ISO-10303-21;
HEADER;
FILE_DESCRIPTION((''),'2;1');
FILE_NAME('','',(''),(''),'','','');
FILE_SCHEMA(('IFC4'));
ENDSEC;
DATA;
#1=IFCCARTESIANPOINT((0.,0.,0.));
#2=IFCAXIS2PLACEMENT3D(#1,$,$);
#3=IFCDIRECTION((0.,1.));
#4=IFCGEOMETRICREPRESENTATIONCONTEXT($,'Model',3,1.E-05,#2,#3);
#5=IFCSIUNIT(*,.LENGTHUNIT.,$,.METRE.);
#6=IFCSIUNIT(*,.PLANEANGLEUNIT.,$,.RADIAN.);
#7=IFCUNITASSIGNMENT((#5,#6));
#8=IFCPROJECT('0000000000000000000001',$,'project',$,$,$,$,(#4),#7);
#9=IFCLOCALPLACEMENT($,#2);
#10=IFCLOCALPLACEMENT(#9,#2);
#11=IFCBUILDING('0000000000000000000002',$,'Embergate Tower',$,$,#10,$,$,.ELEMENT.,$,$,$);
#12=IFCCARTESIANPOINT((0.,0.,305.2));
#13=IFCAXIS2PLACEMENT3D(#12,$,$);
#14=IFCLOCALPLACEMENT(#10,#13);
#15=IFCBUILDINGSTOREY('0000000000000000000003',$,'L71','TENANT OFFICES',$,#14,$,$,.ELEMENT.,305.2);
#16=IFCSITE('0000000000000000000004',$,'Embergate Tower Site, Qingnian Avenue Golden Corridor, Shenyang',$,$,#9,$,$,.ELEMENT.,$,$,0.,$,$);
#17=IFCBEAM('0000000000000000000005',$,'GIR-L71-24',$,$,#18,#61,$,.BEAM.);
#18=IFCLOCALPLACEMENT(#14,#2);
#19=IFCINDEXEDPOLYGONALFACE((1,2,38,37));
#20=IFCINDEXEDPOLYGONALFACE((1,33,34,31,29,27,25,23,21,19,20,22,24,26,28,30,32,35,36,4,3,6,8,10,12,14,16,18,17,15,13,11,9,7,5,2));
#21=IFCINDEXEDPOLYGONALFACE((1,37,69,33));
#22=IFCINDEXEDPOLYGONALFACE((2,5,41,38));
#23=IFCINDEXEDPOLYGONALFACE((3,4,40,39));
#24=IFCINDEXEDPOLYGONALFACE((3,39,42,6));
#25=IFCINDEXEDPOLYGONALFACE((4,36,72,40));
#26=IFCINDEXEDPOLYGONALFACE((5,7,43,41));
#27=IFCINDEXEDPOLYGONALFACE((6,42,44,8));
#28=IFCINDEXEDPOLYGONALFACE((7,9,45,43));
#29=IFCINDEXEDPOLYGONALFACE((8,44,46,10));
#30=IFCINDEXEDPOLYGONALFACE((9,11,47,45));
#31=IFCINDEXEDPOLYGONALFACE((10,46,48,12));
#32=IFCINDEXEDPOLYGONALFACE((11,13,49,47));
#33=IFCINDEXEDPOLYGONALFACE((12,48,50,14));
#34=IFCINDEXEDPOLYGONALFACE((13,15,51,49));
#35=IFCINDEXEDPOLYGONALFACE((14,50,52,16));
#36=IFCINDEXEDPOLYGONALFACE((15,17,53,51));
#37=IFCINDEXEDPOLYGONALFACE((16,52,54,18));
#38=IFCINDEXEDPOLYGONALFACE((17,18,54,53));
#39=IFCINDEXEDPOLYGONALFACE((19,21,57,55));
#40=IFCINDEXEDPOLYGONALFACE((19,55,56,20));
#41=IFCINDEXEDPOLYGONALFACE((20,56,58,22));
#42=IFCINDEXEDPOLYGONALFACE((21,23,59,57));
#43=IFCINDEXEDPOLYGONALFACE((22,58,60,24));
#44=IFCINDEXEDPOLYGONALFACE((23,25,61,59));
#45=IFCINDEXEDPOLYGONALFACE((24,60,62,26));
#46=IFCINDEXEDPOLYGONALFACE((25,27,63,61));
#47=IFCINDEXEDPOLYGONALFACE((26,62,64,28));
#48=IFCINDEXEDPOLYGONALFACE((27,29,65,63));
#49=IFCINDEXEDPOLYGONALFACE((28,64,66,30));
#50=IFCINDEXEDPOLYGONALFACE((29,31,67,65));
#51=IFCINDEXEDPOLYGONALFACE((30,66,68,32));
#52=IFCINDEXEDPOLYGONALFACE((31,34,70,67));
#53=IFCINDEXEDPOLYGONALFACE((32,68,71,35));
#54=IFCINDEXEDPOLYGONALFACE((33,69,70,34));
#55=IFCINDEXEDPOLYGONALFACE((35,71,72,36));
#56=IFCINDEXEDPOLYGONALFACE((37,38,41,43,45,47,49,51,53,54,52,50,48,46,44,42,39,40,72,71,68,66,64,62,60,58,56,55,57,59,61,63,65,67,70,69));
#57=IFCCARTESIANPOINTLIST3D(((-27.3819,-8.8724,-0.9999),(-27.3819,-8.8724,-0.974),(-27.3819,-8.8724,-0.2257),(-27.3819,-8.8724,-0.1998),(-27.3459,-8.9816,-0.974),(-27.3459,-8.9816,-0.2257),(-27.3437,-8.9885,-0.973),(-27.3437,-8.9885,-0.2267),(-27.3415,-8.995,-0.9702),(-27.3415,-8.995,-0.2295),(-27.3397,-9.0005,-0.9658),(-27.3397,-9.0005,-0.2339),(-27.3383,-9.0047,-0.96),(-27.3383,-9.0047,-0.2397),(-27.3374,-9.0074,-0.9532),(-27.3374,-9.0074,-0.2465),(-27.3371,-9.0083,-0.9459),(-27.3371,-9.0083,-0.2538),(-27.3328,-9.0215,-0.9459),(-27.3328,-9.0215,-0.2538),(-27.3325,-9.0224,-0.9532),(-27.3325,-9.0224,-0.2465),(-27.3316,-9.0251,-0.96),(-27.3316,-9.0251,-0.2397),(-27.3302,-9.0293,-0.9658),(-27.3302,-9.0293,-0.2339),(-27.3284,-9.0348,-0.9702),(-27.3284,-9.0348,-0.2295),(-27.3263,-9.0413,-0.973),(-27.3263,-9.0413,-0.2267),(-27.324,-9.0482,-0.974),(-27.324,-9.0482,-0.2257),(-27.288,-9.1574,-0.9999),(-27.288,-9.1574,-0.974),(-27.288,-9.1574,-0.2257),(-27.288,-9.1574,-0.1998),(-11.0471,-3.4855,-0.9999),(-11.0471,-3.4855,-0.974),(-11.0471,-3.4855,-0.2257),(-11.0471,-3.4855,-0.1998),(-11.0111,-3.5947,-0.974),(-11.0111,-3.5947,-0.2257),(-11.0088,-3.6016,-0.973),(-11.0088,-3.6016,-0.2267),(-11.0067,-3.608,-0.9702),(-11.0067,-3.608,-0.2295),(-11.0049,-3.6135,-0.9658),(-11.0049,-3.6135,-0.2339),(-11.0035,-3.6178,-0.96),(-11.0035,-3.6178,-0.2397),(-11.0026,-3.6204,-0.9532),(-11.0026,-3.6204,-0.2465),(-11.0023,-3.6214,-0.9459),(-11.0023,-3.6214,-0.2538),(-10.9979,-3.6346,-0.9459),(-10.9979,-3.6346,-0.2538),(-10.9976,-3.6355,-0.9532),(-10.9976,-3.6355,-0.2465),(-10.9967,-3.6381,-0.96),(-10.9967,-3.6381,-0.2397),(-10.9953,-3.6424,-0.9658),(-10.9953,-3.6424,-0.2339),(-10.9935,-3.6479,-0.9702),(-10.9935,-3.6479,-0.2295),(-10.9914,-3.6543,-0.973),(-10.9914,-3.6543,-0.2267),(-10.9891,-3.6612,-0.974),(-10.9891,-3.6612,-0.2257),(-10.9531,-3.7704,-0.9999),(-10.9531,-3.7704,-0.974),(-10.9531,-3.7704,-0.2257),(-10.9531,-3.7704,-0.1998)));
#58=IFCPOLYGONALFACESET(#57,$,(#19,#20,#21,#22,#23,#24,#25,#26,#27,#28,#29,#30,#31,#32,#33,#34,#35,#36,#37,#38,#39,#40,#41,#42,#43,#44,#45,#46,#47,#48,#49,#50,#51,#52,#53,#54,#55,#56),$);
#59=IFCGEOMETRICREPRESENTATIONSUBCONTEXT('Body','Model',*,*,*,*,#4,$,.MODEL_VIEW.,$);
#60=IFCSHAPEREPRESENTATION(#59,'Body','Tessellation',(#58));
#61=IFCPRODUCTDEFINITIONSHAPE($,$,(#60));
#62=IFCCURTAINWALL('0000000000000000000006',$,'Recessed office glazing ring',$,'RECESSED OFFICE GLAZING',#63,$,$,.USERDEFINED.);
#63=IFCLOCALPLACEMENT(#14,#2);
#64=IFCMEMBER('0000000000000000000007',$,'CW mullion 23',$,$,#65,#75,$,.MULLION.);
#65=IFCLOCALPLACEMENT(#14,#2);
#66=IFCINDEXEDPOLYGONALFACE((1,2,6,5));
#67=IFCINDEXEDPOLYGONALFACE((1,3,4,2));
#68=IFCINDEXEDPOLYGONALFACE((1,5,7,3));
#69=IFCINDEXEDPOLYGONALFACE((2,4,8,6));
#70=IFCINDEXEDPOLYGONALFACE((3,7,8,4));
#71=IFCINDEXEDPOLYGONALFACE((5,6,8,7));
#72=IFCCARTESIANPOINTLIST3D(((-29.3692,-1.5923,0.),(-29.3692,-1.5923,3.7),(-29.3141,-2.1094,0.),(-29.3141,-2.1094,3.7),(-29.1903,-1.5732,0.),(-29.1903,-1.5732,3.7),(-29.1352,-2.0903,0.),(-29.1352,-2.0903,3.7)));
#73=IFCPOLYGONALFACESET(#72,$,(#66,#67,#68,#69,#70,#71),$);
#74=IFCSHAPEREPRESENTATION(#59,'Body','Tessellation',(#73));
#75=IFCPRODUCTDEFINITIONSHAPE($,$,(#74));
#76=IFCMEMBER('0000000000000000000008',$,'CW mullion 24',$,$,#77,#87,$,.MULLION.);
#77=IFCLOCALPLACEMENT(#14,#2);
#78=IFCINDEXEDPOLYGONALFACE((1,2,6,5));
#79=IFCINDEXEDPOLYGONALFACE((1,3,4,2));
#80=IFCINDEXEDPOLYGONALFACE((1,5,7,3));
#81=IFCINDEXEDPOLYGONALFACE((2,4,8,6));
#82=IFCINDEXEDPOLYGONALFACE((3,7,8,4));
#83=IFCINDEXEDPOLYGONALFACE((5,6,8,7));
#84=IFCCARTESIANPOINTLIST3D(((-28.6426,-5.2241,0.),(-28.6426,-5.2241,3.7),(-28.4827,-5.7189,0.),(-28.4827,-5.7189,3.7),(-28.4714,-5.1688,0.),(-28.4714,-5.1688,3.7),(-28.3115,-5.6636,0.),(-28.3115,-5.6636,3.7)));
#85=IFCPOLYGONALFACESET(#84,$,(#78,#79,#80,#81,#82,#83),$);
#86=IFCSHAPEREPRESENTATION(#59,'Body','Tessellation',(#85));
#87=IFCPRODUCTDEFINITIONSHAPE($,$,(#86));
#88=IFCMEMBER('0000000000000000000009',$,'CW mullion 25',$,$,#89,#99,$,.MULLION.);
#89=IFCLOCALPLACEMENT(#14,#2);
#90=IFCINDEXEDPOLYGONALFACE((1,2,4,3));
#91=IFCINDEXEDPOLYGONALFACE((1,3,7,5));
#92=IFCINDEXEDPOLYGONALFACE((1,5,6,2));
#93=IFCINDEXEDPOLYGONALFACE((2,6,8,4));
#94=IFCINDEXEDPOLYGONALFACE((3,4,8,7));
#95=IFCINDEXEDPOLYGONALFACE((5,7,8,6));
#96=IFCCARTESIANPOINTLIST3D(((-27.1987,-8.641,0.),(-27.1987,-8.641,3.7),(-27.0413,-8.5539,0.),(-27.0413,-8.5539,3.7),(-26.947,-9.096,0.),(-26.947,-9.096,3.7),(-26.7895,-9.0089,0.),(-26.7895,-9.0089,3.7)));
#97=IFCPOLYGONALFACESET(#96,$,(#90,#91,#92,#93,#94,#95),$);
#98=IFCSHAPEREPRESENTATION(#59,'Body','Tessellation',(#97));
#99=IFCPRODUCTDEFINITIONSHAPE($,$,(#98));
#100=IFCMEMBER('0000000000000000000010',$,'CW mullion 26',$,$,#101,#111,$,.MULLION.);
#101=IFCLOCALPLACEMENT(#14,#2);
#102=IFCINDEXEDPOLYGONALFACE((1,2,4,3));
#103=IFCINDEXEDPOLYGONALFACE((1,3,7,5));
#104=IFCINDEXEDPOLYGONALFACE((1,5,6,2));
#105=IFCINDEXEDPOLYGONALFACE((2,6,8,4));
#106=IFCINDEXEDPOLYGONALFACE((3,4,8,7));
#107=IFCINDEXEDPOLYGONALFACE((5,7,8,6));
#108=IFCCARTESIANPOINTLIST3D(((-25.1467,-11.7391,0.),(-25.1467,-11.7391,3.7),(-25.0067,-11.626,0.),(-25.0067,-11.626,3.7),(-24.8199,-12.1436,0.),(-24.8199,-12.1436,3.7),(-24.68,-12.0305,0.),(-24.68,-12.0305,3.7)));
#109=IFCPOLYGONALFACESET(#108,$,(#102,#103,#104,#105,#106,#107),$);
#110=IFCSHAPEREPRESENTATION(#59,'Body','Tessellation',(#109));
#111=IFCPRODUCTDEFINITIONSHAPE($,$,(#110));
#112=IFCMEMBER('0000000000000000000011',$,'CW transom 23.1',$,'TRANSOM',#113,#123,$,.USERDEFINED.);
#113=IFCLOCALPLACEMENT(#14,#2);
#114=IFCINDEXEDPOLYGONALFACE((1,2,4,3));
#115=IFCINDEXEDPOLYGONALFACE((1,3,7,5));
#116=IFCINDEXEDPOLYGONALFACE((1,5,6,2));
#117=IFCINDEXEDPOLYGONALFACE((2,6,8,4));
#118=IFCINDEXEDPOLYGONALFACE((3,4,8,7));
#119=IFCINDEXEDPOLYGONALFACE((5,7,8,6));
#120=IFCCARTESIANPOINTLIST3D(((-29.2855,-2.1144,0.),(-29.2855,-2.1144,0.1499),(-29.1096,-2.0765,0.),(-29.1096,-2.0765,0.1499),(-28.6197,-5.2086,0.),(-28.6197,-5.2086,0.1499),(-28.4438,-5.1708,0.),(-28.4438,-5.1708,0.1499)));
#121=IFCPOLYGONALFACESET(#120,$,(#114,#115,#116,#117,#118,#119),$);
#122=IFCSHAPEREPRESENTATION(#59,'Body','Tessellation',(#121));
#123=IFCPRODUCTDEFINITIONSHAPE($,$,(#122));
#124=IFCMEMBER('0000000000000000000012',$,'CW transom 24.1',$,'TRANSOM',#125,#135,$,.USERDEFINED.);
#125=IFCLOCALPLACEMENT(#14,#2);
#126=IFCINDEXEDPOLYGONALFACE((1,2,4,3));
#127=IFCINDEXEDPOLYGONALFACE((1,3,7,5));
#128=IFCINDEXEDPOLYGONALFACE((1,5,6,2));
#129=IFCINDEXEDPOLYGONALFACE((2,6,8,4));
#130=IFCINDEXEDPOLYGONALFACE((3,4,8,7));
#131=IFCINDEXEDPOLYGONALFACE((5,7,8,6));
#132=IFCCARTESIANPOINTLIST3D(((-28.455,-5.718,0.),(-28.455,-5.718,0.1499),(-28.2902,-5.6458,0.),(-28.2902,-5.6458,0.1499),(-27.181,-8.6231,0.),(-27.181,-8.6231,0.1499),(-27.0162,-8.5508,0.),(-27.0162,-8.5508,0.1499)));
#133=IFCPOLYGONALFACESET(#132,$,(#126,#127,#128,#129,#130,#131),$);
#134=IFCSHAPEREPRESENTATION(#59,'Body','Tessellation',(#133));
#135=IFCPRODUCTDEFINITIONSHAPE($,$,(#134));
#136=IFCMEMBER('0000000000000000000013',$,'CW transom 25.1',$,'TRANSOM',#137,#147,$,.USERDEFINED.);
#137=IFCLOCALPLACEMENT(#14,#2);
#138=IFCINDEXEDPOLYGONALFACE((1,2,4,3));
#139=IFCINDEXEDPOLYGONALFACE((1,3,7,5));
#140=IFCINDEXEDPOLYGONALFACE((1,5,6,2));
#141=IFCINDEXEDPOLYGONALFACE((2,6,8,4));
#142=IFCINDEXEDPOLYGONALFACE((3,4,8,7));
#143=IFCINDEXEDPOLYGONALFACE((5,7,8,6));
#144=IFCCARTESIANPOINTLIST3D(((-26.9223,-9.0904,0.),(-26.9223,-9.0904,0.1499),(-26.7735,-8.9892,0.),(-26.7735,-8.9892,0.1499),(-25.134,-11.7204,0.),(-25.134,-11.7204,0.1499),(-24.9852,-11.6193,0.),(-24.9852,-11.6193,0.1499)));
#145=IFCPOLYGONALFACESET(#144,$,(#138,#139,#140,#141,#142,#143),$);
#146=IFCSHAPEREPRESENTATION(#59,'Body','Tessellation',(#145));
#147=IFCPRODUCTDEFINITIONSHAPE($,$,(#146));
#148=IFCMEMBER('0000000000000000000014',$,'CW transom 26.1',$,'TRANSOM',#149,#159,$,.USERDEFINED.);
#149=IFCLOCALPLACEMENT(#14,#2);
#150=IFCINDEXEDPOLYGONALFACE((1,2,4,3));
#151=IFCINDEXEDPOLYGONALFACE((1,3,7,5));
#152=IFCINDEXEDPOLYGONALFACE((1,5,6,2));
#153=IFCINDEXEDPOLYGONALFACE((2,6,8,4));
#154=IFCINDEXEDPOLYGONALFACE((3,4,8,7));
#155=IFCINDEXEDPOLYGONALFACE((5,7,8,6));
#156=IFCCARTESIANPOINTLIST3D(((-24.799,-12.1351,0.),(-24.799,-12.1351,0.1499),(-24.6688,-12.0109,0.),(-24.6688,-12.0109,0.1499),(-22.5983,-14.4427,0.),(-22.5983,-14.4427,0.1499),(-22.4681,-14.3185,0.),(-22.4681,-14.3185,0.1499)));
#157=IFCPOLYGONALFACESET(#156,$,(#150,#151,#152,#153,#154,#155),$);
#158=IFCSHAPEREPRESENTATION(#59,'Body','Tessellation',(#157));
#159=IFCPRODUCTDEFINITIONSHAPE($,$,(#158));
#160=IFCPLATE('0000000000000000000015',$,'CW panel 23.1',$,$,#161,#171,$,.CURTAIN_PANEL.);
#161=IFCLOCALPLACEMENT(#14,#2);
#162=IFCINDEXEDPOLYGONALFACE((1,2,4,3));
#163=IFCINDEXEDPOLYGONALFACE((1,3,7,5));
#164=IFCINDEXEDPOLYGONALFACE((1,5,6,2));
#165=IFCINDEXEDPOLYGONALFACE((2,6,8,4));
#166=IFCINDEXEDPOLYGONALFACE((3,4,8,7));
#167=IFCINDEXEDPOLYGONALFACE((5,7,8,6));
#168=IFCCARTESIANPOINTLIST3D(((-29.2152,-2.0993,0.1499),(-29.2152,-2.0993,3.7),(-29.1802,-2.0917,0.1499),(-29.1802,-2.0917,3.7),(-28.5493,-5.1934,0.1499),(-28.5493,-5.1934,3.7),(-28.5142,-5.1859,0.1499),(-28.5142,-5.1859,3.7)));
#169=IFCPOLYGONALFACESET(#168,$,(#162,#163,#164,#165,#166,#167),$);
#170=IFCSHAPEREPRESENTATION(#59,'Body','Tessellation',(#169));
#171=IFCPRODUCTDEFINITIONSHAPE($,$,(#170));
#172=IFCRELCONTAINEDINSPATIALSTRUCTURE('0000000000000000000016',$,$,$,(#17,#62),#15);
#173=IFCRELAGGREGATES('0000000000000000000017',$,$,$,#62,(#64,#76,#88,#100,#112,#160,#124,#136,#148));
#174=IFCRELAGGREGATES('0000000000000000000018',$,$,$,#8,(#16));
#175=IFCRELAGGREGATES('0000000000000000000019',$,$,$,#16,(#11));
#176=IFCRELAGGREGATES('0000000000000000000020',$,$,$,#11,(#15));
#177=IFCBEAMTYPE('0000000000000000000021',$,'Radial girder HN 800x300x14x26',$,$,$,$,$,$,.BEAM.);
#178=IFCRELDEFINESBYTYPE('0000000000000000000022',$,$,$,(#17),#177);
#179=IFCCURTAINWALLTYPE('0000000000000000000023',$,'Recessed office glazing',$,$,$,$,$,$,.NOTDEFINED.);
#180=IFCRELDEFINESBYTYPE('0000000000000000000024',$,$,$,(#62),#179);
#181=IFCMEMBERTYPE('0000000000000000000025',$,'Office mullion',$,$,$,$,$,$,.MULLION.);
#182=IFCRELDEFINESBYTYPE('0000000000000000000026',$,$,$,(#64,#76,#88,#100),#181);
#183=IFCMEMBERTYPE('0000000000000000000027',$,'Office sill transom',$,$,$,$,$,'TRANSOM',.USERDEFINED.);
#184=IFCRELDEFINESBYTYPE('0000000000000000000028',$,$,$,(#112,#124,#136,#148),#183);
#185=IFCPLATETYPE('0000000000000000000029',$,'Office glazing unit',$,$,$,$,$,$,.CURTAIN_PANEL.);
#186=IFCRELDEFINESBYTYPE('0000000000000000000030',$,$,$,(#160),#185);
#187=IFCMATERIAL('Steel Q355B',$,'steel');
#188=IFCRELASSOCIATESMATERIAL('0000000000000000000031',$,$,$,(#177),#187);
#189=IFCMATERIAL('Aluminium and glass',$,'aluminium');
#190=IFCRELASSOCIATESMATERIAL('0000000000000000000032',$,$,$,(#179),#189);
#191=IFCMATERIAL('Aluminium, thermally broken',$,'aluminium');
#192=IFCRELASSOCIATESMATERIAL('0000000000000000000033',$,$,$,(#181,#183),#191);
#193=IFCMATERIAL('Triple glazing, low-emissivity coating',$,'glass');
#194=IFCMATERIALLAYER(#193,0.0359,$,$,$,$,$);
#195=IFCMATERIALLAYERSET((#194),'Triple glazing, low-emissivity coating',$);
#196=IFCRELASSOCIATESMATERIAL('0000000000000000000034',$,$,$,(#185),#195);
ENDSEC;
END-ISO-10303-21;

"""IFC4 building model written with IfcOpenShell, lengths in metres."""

from ifc_helpers import new_model, si_unit, direction, frame, origin, origin_2d, place, context, subcontext, project, spatial, rectangle, i_section, extrude, source, transform, mapped, material, layer, layer_set, material_profile, profile_set, type_object, element, aggregate, save


model = new_model("IFC4")

# Units and contexts
model_context = context("Model", 3, precision=1e-05, world=origin(), true_north=direction((0.0, 1.0)))
body_context = subcontext(model_context, "Body", "Model", "MODEL_VIEW")
ifc_project = project(units=[si_unit("LENGTHUNIT", "METRE"), si_unit("PLANEANGLEUNIT", "RADIAN")], contexts=[model_context])

# Site, building, storey
site_placement = place(None, origin())
site = spatial("IfcSite", under=ifc_project, at=site_placement, Name="Embergate Tower Site, Qingnian Avenue Golden Corridor, Shenyang", CompositionType="ELEMENT", RefElevation=0.0)
building_placement = place(site_placement, origin())
building = spatial("IfcBuilding", under=site, at=building_placement, Name="Embergate Tower", CompositionType="ELEMENT")
storey_placement = place(building_placement, frame((0.0, 0.0, 305.2)))
storey = spatial("IfcBuildingStorey", under=building, at=storey_placement, Name="L71", Description="TENANT OFFICES", CompositionType="ELEMENT", Elevation=305.2)

# Beam
ifc_material_1 = material(Name="Steel Q355B", Category="steel")
ifc_material_profile_1 = material_profile(ifc_material_1, i_section(OverallWidth=0.3, OverallDepth=0.8, WebThickness=0.0139, FlangeThickness=0.0259, FilletRadius=0.0281, at=origin_2d()), Name="HN 800x300x14x26")
ifc_profile_set_1 = profile_set([ifc_material_profile_1], Name="Steel Q355 grade B")
beam_type_1 = type_object("IfcBeamType", Name="Radial girder HN 800x300x14x26", PredefinedType="BEAM", material=ifc_profile_set_1)
shared_shape_1 = source(origin(), body_context, "Body", "SweptSolid", [
    extrude(i_section(OverallWidth=0.3, OverallDepth=0.8, WebThickness=0.0139, FlangeThickness=0.0259, FilletRadius=0.0281, at=origin_2d()), origin(), (0.0, 0.0, 1.0), 17.2002),
])
beam_1_placement = place(storey_placement, frame((-27.335, -9.0149, -0.5999), z_axis=(0.94969, 0.31319, 0.0), x_axis=(-0.31319, 0.94969, 0.0)))
element("IfcBeam", 1, at=beam_1_placement, inside=storey, type_object=beam_type_1, Name="GIR-L71-24", PredefinedType="BEAM", context=body_context, shape_type="MappedRepresentation", body=[
    mapped(shared_shape_1, transform((0.0, 0.0, 0.0))),
])

# Curtain wall, members, plate
ifc_material_2 = material(Name="Aluminium and glass", Category="aluminium")
curtain_wall_type = type_object("IfcCurtainWallType", Name="Recessed office glazing", PredefinedType="NOTDEFINED", material=ifc_material_2)
curtain_wall_placement = place(storey_placement, origin())
curtain_wall = element("IfcCurtainWall", 2, at=curtain_wall_placement, inside=storey, type_object=curtain_wall_type, Name="Recessed office glazing ring", ObjectType="RECESSED OFFICE GLAZING", PredefinedType="USERDEFINED")
ifc_material_3 = material(Name="Aluminium, thermally broken", Category="aluminium")
ifc_material_profile_2 = material_profile(ifc_material_3, rectangle(XDim=0.1799, YDim=0.52, at=origin_2d()), Name="AL 520x180")
ifc_profile_set_2 = profile_set([ifc_material_profile_2], Name="Aluminium, thermally broken")
member_type_1 = type_object("IfcMemberType", Name="Office mullion", PredefinedType="MULLION", material=ifc_profile_set_2)
shared_shape_2 = source(origin(), body_context, "Body", "SweptSolid", [
    extrude(rectangle(XDim=0.1799, YDim=0.52, at=origin_2d()), origin(), (0.0, 0.0, 1.0), 3.7),
])
member_1_placement = place(storey_placement, frame((-29.2522, -1.8413, 0.0), z_axis=(0.0, 0.0, 1.0), x_axis=(0.994384, 0.10583, 0.0)))
member_1 = element("IfcMember", 3, at=member_1_placement, type_object=member_type_1, Name="CW mullion 23", PredefinedType="MULLION", context=body_context, shape_type="MappedRepresentation", body=[
    mapped(shared_shape_2, transform((0.0, 0.0, 0.0))),
])
member_2_placement = place(storey_placement, frame((-28.4771, -5.4438, 0.0), z_axis=(0.0, 0.0, 1.0), x_axis=(0.951493, 0.307671, 0.0)))
member_2 = element("IfcMember", 4, at=member_2_placement, type_object=member_type_1, Name="CW mullion 24", PredefinedType="MULLION", context=body_context, shape_type="MappedRepresentation", body=[
    mapped(shared_shape_2, transform((0.0, 0.0, 0.0))),
])
member_3_placement = place(storey_placement, frame((-26.9941, -8.825, 0.0), z_axis=(0.0, 0.0, 1.0), x_axis=(0.874993, 0.484135, 0.0)))
member_3 = element("IfcMember", 5, at=member_3_placement, type_object=member_type_1, Name="CW mullion 25", PredefinedType="MULLION", context=body_context, shape_type="MappedRepresentation", body=[
    mapped(shared_shape_2, transform((0.0, 0.0, 0.0))),
])
member_4_placement = place(storey_placement, frame((-24.9133, -11.8848, 0.0), z_axis=(0.0, 0.0, 1.0), x_axis=(0.777864, 0.628433, 0.0)))
member_4 = element("IfcMember", 6, at=member_4_placement, type_object=member_type_1, Name="CW mullion 26", PredefinedType="MULLION", context=body_context, shape_type="MappedRepresentation", body=[
    mapped(shared_shape_2, transform((0.0, 0.0, 0.0))),
])
ifc_material_profile_3 = material_profile(ifc_material_3, rectangle(XDim=0.1799, YDim=0.1499, at=origin_2d()), Name="AL 150x180")
ifc_profile_set_3 = profile_set([ifc_material_profile_3], Name="Aluminium, thermally broken")
member_type_2 = type_object("IfcMemberType", Name="Office sill transom", ElementType="TRANSOM", PredefinedType="USERDEFINED", material=ifc_profile_set_3)
shared_shape_3 = source(origin(), body_context, "Body", "SweptSolid", [
    extrude(rectangle(XDim=0.1799, YDim=0.1499, at=origin_2d()), origin(), (0.0, 0.0, 1.0), 3.165),
])
member_5_placement = place(storey_placement, frame((-29.1975, -2.0955, 0.075), z_axis=(0.210351, -0.977626, 0.0), x_axis=(0.977626, 0.210351, 0.0)))
member_5 = element("IfcMember", 7, at=member_5_placement, type_object=member_type_2, Name="CW transom 23.1", ObjectType="TRANSOM", PredefinedType="USERDEFINED", context=body_context, shape_type="MappedRepresentation", body=[
    mapped(shared_shape_3, transform((0.0, 0.0, 0.0))),
])
shared_shape_4 = source(origin(), body_context, "Body", "SweptSolid", [
    extrude(rectangle(XDim=0.1799, YDim=0.1499, at=origin_2d()), origin(), (0.0, 0.0, 1.0), 3.1721),
])
member_6_placement = place(storey_placement, frame((-28.3726, -5.6819, 0.075), z_axis=(0.401606, -0.915813, 0.0), x_axis=(0.915813, 0.401606, 0.0)))
member_6 = element("IfcMember", 8, at=member_6_placement, type_object=member_type_2, Name="CW transom 24.1", ObjectType="TRANSOM", PredefinedType="USERDEFINED", context=body_context, shape_type="MappedRepresentation", body=[
    mapped(shared_shape_4, transform((0.0, 0.0, 0.0))),
])
shared_shape_5 = source(origin(), body_context, "Body", "SweptSolid", [
    extrude(rectangle(XDim=0.1799, YDim=0.1499, at=origin_2d()), origin(), (0.0, 0.0, 1.0), 3.1804),
])
member_7_placement = place(storey_placement, frame((-26.8479, -9.0398, 0.075), z_axis=(0.562276, -0.826949, 0.0), x_axis=(0.826949, 0.562276, 0.0)))
member_7 = element("IfcMember", 9, at=member_7_placement, type_object=member_type_2, Name="CW transom 25.1", ObjectType="TRANSOM", PredefinedType="USERDEFINED", context=body_context, shape_type="MappedRepresentation", body=[
    mapped(shared_shape_5, transform((0.0, 0.0, 0.0))),
])
shared_shape_6 = source(origin(), body_context, "Body", "SweptSolid", [
    extrude(rectangle(XDim=0.1799, YDim=0.1499, at=origin_2d()), origin(), (0.0, 0.0, 1.0), 3.1887),
])
member_8_placement = place(storey_placement, frame((-24.7339, -12.073, 0.075), z_axis=(0.690141, -0.723675, 0.0), x_axis=(0.723675, 0.690141, 0.0)))
member_8 = element("IfcMember", 10, at=member_8_placement, type_object=member_type_2, Name="CW transom 26.1", ObjectType="TRANSOM", PredefinedType="USERDEFINED", context=body_context, shape_type="MappedRepresentation", body=[
    mapped(shared_shape_6, transform((0.0, 0.0, 0.0))),
])
ifc_material_4 = material(Name="Triple glazing, low-emissivity coating", Category="glass")
ifc_layer_1 = layer(ifc_material_4, 0.0359)
ifc_layer_set_1 = layer_set([ifc_layer_1], Name="Triple glazing, low-emissivity coating")
plate_type = type_object("IfcPlateType", Name="Office glazing unit", PredefinedType="CURTAIN_PANEL", material=ifc_layer_set_1)
shared_shape_7 = source(origin(), body_context, "Body", "SweptSolid", [
    extrude(rectangle(XDim=3.165, YDim=0.0359, at=origin_2d()), origin(), (0.0, 0.0, 1.0), 3.55),
])
plate_1_placement = place(storey_placement, frame((-28.8647, -3.6426, 0.1499), z_axis=(0.0, 0.0, 1.0), x_axis=(0.210398, -0.977616, 0.0)))
plate_1 = element("IfcPlate", 11, at=plate_1_placement, type_object=plate_type, Name="CW panel 23.1", PredefinedType="CURTAIN_PANEL", context=body_context, shape_type="MappedRepresentation", body=[
    mapped(shared_shape_7, transform((0.0, 0.0, 0.0))),
])
aggregate(curtain_wall, [member_1, member_2, member_3, member_4, member_5, plate_1, member_6, member_7, member_8])

save(model, "model.ifc")
